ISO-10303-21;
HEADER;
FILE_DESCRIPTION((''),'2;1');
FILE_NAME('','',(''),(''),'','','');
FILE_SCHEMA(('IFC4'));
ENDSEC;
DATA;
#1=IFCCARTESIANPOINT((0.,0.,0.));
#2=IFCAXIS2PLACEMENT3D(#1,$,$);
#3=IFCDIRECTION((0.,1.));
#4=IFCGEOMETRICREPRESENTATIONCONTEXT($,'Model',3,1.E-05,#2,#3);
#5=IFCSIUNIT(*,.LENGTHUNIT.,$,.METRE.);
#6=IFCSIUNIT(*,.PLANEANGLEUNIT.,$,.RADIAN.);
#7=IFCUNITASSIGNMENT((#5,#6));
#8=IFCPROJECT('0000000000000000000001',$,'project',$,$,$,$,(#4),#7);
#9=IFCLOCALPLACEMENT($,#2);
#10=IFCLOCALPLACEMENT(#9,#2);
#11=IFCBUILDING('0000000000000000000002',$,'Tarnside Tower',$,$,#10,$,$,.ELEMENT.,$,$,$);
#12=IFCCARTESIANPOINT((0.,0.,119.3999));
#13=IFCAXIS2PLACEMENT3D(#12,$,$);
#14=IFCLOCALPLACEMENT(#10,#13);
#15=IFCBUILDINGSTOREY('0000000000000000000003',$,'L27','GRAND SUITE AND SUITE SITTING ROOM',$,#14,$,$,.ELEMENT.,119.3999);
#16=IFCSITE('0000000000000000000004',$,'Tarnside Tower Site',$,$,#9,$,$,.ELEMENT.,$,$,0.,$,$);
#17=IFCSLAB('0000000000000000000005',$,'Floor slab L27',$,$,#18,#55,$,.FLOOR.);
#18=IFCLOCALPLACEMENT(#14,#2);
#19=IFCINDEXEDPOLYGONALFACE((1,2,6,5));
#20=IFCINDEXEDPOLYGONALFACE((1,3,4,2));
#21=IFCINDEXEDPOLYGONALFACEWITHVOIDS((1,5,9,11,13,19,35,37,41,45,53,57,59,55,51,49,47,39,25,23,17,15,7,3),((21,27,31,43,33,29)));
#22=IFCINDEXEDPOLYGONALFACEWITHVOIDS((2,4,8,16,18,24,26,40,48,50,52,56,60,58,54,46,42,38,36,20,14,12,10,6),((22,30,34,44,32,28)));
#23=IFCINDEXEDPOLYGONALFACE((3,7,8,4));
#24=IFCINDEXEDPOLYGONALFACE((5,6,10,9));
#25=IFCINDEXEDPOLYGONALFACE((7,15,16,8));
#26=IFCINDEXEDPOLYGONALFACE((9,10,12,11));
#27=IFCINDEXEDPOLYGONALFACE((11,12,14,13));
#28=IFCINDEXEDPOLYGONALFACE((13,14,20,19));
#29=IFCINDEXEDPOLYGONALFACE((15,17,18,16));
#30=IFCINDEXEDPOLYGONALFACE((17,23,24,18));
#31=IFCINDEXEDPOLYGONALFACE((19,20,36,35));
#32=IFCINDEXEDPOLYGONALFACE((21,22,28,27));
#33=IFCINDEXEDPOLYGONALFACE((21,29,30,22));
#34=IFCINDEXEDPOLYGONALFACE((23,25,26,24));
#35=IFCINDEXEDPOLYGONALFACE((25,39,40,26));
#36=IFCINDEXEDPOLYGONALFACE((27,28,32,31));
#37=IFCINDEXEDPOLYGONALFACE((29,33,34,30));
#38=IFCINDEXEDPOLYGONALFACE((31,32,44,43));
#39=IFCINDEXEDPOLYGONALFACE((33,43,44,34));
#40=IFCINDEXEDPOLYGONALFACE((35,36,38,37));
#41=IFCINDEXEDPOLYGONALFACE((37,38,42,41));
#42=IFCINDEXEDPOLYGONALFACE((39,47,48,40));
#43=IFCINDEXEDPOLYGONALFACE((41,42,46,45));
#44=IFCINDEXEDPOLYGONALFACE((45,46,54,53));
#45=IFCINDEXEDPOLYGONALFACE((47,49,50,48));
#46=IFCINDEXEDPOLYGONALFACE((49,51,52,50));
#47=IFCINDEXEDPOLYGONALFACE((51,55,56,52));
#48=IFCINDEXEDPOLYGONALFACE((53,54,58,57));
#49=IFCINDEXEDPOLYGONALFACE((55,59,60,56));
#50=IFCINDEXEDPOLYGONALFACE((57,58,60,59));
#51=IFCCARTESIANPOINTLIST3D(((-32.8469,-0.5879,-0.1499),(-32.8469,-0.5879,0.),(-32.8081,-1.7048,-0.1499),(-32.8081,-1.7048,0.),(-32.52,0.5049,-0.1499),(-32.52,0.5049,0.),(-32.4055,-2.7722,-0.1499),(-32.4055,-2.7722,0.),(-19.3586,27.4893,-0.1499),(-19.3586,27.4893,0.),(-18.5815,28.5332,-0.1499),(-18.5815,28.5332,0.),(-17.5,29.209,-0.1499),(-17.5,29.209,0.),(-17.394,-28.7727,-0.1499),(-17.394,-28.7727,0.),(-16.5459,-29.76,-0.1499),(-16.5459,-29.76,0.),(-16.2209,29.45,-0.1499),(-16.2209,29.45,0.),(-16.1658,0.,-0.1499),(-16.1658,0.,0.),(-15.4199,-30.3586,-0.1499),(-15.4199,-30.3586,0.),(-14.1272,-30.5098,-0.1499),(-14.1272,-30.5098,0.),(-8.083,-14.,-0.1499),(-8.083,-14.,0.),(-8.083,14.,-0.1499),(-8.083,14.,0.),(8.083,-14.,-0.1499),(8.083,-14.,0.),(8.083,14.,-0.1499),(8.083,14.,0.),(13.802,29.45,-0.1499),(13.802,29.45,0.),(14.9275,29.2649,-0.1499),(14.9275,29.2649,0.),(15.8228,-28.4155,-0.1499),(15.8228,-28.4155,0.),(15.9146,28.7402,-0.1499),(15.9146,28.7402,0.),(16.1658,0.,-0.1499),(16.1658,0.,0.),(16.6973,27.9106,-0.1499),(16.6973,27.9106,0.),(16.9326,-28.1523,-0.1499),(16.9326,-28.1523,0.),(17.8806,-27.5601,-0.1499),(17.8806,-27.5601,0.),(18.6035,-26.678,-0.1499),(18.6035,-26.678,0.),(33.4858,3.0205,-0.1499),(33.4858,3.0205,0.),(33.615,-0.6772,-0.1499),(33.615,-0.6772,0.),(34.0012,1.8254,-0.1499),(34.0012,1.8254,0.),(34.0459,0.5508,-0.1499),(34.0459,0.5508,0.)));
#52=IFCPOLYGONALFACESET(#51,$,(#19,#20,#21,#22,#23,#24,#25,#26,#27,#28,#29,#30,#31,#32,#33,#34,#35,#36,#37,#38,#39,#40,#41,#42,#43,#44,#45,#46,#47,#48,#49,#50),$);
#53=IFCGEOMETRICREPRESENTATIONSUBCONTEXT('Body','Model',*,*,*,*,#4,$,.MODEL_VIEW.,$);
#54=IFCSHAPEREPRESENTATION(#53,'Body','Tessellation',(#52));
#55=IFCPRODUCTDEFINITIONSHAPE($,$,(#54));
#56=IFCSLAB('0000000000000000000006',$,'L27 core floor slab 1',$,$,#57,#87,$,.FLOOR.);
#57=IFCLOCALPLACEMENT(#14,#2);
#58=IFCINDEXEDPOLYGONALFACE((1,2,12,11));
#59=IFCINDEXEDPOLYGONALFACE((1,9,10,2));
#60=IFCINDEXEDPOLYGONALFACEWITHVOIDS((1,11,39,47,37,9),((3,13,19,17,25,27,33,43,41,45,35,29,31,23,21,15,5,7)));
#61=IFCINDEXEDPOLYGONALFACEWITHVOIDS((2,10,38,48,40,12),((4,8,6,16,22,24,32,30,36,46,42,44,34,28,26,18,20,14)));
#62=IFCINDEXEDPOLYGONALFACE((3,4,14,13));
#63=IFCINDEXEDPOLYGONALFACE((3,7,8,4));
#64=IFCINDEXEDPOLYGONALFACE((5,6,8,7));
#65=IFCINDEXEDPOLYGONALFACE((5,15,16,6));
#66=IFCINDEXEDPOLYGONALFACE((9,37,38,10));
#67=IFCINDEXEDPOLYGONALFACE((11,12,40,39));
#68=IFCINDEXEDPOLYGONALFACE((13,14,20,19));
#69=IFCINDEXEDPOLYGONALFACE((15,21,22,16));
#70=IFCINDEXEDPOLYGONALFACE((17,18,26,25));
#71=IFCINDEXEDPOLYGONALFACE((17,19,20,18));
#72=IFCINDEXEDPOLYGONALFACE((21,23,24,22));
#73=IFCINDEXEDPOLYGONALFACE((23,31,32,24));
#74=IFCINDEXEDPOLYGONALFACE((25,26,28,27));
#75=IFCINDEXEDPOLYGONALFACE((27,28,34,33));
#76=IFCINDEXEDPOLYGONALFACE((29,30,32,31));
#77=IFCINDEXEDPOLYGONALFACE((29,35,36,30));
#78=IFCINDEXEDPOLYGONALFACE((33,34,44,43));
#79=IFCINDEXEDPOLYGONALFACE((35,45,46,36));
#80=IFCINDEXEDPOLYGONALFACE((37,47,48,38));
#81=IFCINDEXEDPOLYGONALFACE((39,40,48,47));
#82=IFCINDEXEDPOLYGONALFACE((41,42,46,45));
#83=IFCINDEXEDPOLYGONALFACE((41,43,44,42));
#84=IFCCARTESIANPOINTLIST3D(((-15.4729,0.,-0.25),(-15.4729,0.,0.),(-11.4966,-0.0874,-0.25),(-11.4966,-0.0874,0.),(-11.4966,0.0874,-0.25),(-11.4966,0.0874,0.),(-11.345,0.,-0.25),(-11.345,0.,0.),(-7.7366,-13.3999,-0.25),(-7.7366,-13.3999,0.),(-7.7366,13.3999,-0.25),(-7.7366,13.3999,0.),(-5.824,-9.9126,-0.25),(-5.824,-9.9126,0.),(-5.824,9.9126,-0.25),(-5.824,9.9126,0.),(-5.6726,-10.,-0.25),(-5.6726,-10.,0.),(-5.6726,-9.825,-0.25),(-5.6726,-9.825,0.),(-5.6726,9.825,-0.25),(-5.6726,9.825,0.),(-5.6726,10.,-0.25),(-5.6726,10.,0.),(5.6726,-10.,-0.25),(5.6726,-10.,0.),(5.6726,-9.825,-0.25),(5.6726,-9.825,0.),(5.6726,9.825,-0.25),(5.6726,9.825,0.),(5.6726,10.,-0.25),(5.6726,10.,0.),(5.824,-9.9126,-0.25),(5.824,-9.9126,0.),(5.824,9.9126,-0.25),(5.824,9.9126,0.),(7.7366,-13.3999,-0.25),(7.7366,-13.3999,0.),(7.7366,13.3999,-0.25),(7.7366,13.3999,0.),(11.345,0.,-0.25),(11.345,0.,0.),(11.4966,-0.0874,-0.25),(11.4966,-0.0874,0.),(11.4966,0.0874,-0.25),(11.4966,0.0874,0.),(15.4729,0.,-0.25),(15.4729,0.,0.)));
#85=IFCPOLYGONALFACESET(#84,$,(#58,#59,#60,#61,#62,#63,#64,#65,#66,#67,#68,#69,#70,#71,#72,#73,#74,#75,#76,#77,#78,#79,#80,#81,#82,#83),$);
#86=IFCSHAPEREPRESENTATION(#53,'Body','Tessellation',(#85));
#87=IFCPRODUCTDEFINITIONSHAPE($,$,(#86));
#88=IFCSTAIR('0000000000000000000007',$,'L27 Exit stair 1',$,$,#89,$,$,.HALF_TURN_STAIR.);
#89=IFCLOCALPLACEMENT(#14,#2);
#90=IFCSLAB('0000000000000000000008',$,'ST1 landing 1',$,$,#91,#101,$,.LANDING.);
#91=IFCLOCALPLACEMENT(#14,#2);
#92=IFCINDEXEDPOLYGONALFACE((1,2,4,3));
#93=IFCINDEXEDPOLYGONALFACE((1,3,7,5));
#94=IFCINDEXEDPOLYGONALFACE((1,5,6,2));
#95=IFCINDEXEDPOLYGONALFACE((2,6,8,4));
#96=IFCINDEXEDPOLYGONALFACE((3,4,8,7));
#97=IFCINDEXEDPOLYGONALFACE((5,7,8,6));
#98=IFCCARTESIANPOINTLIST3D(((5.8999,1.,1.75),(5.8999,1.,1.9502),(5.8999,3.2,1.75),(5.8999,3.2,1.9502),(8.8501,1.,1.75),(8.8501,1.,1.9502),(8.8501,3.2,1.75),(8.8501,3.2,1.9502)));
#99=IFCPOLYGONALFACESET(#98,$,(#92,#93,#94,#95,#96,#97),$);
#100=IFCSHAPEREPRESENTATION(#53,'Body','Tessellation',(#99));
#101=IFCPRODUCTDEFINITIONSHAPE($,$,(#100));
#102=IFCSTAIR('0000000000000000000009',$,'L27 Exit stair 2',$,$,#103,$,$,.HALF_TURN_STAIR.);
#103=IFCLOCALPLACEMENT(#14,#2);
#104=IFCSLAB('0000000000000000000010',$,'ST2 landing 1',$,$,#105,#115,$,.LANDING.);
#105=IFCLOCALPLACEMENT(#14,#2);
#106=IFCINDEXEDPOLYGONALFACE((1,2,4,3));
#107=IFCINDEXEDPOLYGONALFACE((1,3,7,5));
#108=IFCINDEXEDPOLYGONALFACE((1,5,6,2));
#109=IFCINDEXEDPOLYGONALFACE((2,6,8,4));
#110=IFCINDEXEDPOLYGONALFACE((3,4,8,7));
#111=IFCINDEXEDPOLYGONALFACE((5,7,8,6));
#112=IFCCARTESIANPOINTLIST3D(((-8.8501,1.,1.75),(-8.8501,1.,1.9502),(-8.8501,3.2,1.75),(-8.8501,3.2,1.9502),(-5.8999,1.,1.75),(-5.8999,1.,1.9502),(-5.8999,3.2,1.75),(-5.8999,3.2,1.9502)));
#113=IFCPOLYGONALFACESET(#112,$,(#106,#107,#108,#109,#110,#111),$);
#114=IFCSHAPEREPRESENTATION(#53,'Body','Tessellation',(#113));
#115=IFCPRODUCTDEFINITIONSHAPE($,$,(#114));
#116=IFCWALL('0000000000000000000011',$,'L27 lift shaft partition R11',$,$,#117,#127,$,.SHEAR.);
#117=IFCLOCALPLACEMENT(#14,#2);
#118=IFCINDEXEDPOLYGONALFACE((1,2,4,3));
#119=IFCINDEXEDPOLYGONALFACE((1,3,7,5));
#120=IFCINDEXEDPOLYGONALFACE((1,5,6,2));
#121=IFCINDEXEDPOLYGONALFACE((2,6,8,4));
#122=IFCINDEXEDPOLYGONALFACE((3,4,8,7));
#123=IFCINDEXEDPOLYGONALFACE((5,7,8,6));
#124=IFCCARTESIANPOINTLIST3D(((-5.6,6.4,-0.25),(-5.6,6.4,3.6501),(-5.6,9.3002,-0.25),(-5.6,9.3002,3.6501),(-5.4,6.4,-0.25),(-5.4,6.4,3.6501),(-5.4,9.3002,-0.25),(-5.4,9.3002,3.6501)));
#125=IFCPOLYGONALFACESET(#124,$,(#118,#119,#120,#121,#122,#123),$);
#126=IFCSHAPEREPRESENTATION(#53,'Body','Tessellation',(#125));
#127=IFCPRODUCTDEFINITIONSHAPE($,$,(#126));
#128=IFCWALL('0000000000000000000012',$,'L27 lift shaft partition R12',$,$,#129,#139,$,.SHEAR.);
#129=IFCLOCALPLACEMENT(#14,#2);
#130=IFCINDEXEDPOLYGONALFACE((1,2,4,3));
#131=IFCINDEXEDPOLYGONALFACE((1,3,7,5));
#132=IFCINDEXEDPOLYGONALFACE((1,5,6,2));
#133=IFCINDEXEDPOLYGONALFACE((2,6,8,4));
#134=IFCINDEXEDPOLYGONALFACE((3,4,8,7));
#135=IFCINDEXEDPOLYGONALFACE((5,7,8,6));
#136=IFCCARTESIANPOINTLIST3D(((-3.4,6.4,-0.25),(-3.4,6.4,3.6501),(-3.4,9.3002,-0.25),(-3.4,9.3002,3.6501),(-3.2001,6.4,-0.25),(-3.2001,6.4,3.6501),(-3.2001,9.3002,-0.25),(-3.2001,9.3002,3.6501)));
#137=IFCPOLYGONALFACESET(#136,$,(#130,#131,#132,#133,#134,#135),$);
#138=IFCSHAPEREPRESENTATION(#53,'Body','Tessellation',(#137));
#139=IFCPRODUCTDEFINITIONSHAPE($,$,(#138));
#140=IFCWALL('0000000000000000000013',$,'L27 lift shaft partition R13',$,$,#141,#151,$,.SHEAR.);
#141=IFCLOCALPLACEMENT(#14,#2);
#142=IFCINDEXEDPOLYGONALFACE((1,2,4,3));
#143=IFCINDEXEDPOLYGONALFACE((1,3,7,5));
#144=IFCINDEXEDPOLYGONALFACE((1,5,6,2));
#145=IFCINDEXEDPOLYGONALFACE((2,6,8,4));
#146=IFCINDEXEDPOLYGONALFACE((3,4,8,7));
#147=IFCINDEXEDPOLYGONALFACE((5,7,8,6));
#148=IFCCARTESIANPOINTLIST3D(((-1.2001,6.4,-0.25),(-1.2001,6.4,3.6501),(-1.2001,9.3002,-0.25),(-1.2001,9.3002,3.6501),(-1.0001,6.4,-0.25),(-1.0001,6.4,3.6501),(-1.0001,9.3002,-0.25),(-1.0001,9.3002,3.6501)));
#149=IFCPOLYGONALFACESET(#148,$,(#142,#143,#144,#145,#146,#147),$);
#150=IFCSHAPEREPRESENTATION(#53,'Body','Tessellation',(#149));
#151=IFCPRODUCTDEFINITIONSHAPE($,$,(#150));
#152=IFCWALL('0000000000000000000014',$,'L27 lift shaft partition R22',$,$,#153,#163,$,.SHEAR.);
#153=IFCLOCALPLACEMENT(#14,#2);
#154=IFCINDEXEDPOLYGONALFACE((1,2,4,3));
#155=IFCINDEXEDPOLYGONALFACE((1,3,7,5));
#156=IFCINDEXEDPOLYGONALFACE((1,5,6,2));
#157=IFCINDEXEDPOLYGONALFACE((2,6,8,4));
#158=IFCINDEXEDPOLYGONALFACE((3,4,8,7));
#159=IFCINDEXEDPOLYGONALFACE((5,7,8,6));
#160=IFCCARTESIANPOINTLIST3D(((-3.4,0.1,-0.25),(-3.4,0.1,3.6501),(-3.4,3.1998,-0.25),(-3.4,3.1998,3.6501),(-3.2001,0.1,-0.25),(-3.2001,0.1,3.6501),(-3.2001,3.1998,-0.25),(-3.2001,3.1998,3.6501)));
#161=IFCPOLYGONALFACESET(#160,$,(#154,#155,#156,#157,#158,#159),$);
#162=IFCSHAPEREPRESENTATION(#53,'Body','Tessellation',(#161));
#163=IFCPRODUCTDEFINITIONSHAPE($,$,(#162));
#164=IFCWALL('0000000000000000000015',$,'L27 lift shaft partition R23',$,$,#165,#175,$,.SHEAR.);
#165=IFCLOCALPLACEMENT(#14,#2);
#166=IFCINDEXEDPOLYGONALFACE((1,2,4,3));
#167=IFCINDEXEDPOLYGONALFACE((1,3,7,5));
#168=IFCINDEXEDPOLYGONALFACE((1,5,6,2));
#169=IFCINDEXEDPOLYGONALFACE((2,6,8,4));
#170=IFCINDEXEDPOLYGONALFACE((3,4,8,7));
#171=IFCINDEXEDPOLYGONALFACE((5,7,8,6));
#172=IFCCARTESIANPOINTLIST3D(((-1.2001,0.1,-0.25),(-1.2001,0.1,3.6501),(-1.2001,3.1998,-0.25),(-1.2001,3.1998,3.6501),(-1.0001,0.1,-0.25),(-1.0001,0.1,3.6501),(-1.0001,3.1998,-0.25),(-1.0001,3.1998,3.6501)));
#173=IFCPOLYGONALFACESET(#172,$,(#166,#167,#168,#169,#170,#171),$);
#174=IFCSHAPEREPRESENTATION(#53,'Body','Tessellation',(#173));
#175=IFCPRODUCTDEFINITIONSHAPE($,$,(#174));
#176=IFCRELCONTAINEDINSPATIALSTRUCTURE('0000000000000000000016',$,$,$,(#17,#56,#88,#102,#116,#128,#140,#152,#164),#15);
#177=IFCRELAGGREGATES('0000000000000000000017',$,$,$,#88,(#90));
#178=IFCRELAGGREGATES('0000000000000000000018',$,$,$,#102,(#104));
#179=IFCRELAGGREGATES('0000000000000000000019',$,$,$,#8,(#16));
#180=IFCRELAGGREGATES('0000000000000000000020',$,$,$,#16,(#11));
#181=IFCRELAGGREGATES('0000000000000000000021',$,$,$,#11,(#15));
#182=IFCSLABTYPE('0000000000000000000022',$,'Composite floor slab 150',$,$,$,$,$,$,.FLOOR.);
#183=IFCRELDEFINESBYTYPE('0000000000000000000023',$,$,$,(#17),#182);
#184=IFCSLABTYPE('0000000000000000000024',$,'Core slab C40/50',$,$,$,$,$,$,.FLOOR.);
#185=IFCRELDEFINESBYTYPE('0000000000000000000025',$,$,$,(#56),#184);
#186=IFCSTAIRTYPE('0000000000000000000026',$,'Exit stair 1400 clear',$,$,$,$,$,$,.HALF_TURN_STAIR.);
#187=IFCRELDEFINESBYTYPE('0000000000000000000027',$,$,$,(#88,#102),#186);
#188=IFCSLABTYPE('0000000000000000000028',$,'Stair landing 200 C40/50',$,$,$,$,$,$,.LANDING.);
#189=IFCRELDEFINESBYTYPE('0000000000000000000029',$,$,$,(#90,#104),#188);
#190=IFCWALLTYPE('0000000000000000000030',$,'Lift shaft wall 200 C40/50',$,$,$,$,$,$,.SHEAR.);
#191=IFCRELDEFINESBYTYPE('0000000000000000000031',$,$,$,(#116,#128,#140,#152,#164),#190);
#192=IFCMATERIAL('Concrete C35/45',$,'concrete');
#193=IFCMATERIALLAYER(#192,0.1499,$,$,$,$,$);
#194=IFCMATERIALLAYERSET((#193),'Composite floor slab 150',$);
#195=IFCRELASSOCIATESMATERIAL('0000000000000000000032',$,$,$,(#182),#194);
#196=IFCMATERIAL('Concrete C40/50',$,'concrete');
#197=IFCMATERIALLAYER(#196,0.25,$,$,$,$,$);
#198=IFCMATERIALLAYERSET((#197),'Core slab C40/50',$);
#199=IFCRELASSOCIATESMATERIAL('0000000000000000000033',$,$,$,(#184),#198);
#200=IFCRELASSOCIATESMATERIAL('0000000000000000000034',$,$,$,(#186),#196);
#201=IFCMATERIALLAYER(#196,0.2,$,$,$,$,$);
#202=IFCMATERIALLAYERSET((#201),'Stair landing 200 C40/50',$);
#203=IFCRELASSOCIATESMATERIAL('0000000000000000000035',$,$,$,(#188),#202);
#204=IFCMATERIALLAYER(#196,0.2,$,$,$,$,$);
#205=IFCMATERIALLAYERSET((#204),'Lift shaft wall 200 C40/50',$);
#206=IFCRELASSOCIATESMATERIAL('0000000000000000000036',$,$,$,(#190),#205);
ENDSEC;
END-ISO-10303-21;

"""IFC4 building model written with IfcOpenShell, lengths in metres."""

from ifc_helpers import new_model, si_unit, direction, frame, frame_2d, origin, place, context, subcontext, project, spatial, polyline, rectangle, outline, extrude, material, layer, layer_set, type_object, element, aggregate, save


model = new_model("IFC4")

# Units and contexts
model_context = context("Model", 3, precision=1e-05, world=origin(), true_north=direction((0.0, 1.0)))
body_context = subcontext(model_context, "Body", "Model", "MODEL_VIEW")
ifc_project = project(units=[si_unit("LENGTHUNIT", "METRE"), si_unit("PLANEANGLEUNIT", "RADIAN")], contexts=[model_context])

# Site, building, storey
site_placement = place(None, origin())
site = spatial("IfcSite", under=ifc_project, at=site_placement, Name="Tarnside Tower Site", CompositionType="ELEMENT", RefElevation=0.0)
building_placement = place(site_placement, origin())
building = spatial("IfcBuilding", under=site, at=building_placement, Name="Tarnside Tower", CompositionType="ELEMENT")
storey_placement = place(building_placement, frame((0.0, 0.0, 119.3999)))
storey = spatial("IfcBuildingStorey", under=building, at=storey_placement, Name="L27", Description="GRAND SUITE AND SUITE SITTING ROOM", CompositionType="ELEMENT", Elevation=119.3999)

# Slabs
ifc_material_1 = material(Name="Concrete C35/45", Category="concrete")
ifc_layer_1 = layer(ifc_material_1, 0.1499)
ifc_layer_set_1 = layer_set([ifc_layer_1], Name="Composite floor slab 150")
slab_type_1 = type_object("IfcSlabType", Name="Composite floor slab 150", PredefinedType="FLOOR", material=ifc_layer_set_1)
slab_1_placement = place(storey_placement, frame((0.0, 0.0, -0.1499)))
element("IfcSlab", 1, at=slab_1_placement, inside=storey, type_object=slab_type_1, Name="Floor slab L27", PredefinedType="FLOOR", context=body_context, shape_type="SweptSolid", body=[
    extrude(outline(polyline([(14.9275, 29.2649), (15.9146, 28.7402), (16.6973, 27.9106), (33.4858, 3.0205), (34.0012, 1.8254), (34.0459, 0.5508), (33.615, -0.6772), (18.6035, -26.678), (17.8806, -27.5601), (16.9326, -28.1523), (15.8228, -28.4155), (-14.1272, -30.5098), (-15.4199, -30.3586), (-16.5459, -29.76), (-17.394, -28.7727), (-32.4055, -2.7722), (-32.8081, -1.7048), (-32.8469, -0.5879), (-32.52, 0.5049), (-19.3586, 27.4893), (-18.5815, 28.5332), (-17.5, 29.209), (-16.2209, 29.45), (13.802, 29.45), (14.9275, 29.2649)]), holes=[polyline([(-16.1658, 0.0), (-8.083, -14.0), (8.083, -14.0), (16.1658, 0.0), (8.083, 14.0), (-8.083, 14.0), (-16.1658, 0.0)])]), origin(), (0.0, 0.0, 1.0), 0.1499),
])
ifc_material_2 = material(Name="Concrete C40/50", Category="concrete")
ifc_layer_2 = layer(ifc_material_2, 0.25)
ifc_layer_set_2 = layer_set([ifc_layer_2], Name="Core slab C40/50")
slab_type_2 = type_object("IfcSlabType", Name="Core slab C40/50", PredefinedType="FLOOR", material=ifc_layer_set_2)
slab_2_placement = place(storey_placement, frame((0.0, 0.0, -0.25)))
element("IfcSlab", 2, at=slab_2_placement, inside=storey, type_object=slab_type_2, Name="L27 core floor slab 1", PredefinedType="FLOOR", context=body_context, shape_type="SweptSolid", body=[
    extrude(outline(polyline([(-15.4729, 0.0), (-7.7366, 13.3999), (7.7366, 13.3999), (15.4729, 0.0), (7.7366, -13.3999), (-7.7366, -13.3999), (-15.4729, 0.0)]), holes=[polyline([(5.824, -9.9126), (11.4966, -0.0874), (11.345, 0.0), (11.4966, 0.0874), (5.824, 9.9126), (5.6726, 9.825), (5.6726, 10.0), (-5.6726, 10.0), (-5.6726, 9.825), (-5.824, 9.9126), (-11.4966, 0.0874), (-11.345, 0.0), (-11.4966, -0.0874), (-5.824, -9.9126), (-5.6726, -9.825), (-5.6726, -10.0), (5.6726, -10.0), (5.6726, -9.825), (5.824, -9.9126)])]), origin(), (0.0, 0.0, 1.0), 0.25),
])

# Stairs, slabs
stair_type = type_object("IfcStairType", Name="Exit stair 1400 clear", PredefinedType="HALF_TURN_STAIR", material=ifc_material_2)
stair_1_placement = place(storey_placement, origin())
stair_1 = element("IfcStair", 3, at=stair_1_placement, inside=storey, type_object=stair_type, Name="L27 Exit stair 1", PredefinedType="HALF_TURN_STAIR")
ifc_layer_3 = layer(ifc_material_2, 0.2)
ifc_layer_set_3 = layer_set([ifc_layer_3], Name="Stair landing 200 C40/50")
slab_type_3 = type_object("IfcSlabType", Name="Stair landing 200 C40/50", PredefinedType="LANDING", material=ifc_layer_set_3)
slab_3_placement = place(storey_placement, frame((0.0, 0.0, 1.75)))
slab_3 = element("IfcSlab", 4, at=slab_3_placement, type_object=slab_type_3, Name="ST1 landing 1", PredefinedType="LANDING", context=body_context, shape_type="SweptSolid", body=[
    extrude(outline(polyline([(8.8501, 1.0), (8.8501, 3.2), (5.8999, 3.2), (5.8999, 1.0), (8.8501, 1.0)])), origin(), (0.0, 0.0, 1.0), 0.2002),
])
aggregate(stair_1, [slab_3])
stair_2_placement = place(storey_placement, origin())
stair_2 = element("IfcStair", 5, at=stair_2_placement, inside=storey, type_object=stair_type, Name="L27 Exit stair 2", PredefinedType="HALF_TURN_STAIR")
slab_4_placement = place(storey_placement, frame((0.0, 0.0, 1.75)))
slab_4 = element("IfcSlab", 6, at=slab_4_placement, type_object=slab_type_3, Name="ST2 landing 1", PredefinedType="LANDING", context=body_context, shape_type="SweptSolid", body=[
    extrude(outline(polyline([(-5.8999, 1.0), (-5.8999, 3.2), (-8.8501, 3.2), (-8.8501, 1.0), (-5.8999, 1.0)])), origin(), (0.0, 0.0, 1.0), 0.2002),
])
aggregate(stair_2, [slab_4])

# Walls
ifc_layer_4 = layer(ifc_material_2, 0.2)
ifc_layer_set_4 = layer_set([ifc_layer_4], Name="Lift shaft wall 200 C40/50")
wall_type = type_object("IfcWallType", Name="Lift shaft wall 200 C40/50", PredefinedType="SHEAR", material=ifc_layer_set_4)
for number, where, z_axis, x_axis, name in (
    (7, (-5.5, 6.3999, -0.25), (0.0, 0.0, 1.0), (0.0, 1.0, 0.0), "L27 lift shaft partition R11"),
    (8, (-3.3, 6.3999, -0.25), (0.0, 0.0, 1.0), (0.0, 1.0, 0.0), "L27 lift shaft partition R12"),
    (9, (-1.1001, 6.3999, -0.25), (0.0, 0.0, 1.0), (0.0, 1.0, 0.0), "L27 lift shaft partition R13"),
):
    element("IfcWall", number, at=place(storey_placement, frame(where, z_axis=z_axis, x_axis=x_axis)), inside=storey, type_object=wall_type, Name=name, PredefinedType="SHEAR", context=body_context, shape_type="SweptSolid", body=[
        extrude(rectangle(XDim=2.9001, YDim=0.2, at=frame_2d((1.4502, 0.0))), origin(), (0.0, 0.0, 1.0), 3.9001),
    ])
for number, where, z_axis, x_axis, name in (
    (10, (-3.3, 0.1001, -0.25), (0.0, 0.0, 1.0), (0.0, 1.0, 0.0), "L27 lift shaft partition R22"),
    (11, (-1.1001, 0.1001, -0.25), (0.0, 0.0, 1.0), (0.0, 1.0, 0.0), "L27 lift shaft partition R23"),
):
    element("IfcWall", number, at=place(storey_placement, frame(where, z_axis=z_axis, x_axis=x_axis)), inside=storey, type_object=wall_type, Name=name, PredefinedType="SHEAR", context=body_context, shape_type="SweptSolid", body=[
        extrude(rectangle(XDim=3.0999, YDim=0.2, at=frame_2d((1.5498, 0.0))), origin(), (0.0, 0.0, 1.0), 3.9001),
    ])

save(model, "model.ifc")
